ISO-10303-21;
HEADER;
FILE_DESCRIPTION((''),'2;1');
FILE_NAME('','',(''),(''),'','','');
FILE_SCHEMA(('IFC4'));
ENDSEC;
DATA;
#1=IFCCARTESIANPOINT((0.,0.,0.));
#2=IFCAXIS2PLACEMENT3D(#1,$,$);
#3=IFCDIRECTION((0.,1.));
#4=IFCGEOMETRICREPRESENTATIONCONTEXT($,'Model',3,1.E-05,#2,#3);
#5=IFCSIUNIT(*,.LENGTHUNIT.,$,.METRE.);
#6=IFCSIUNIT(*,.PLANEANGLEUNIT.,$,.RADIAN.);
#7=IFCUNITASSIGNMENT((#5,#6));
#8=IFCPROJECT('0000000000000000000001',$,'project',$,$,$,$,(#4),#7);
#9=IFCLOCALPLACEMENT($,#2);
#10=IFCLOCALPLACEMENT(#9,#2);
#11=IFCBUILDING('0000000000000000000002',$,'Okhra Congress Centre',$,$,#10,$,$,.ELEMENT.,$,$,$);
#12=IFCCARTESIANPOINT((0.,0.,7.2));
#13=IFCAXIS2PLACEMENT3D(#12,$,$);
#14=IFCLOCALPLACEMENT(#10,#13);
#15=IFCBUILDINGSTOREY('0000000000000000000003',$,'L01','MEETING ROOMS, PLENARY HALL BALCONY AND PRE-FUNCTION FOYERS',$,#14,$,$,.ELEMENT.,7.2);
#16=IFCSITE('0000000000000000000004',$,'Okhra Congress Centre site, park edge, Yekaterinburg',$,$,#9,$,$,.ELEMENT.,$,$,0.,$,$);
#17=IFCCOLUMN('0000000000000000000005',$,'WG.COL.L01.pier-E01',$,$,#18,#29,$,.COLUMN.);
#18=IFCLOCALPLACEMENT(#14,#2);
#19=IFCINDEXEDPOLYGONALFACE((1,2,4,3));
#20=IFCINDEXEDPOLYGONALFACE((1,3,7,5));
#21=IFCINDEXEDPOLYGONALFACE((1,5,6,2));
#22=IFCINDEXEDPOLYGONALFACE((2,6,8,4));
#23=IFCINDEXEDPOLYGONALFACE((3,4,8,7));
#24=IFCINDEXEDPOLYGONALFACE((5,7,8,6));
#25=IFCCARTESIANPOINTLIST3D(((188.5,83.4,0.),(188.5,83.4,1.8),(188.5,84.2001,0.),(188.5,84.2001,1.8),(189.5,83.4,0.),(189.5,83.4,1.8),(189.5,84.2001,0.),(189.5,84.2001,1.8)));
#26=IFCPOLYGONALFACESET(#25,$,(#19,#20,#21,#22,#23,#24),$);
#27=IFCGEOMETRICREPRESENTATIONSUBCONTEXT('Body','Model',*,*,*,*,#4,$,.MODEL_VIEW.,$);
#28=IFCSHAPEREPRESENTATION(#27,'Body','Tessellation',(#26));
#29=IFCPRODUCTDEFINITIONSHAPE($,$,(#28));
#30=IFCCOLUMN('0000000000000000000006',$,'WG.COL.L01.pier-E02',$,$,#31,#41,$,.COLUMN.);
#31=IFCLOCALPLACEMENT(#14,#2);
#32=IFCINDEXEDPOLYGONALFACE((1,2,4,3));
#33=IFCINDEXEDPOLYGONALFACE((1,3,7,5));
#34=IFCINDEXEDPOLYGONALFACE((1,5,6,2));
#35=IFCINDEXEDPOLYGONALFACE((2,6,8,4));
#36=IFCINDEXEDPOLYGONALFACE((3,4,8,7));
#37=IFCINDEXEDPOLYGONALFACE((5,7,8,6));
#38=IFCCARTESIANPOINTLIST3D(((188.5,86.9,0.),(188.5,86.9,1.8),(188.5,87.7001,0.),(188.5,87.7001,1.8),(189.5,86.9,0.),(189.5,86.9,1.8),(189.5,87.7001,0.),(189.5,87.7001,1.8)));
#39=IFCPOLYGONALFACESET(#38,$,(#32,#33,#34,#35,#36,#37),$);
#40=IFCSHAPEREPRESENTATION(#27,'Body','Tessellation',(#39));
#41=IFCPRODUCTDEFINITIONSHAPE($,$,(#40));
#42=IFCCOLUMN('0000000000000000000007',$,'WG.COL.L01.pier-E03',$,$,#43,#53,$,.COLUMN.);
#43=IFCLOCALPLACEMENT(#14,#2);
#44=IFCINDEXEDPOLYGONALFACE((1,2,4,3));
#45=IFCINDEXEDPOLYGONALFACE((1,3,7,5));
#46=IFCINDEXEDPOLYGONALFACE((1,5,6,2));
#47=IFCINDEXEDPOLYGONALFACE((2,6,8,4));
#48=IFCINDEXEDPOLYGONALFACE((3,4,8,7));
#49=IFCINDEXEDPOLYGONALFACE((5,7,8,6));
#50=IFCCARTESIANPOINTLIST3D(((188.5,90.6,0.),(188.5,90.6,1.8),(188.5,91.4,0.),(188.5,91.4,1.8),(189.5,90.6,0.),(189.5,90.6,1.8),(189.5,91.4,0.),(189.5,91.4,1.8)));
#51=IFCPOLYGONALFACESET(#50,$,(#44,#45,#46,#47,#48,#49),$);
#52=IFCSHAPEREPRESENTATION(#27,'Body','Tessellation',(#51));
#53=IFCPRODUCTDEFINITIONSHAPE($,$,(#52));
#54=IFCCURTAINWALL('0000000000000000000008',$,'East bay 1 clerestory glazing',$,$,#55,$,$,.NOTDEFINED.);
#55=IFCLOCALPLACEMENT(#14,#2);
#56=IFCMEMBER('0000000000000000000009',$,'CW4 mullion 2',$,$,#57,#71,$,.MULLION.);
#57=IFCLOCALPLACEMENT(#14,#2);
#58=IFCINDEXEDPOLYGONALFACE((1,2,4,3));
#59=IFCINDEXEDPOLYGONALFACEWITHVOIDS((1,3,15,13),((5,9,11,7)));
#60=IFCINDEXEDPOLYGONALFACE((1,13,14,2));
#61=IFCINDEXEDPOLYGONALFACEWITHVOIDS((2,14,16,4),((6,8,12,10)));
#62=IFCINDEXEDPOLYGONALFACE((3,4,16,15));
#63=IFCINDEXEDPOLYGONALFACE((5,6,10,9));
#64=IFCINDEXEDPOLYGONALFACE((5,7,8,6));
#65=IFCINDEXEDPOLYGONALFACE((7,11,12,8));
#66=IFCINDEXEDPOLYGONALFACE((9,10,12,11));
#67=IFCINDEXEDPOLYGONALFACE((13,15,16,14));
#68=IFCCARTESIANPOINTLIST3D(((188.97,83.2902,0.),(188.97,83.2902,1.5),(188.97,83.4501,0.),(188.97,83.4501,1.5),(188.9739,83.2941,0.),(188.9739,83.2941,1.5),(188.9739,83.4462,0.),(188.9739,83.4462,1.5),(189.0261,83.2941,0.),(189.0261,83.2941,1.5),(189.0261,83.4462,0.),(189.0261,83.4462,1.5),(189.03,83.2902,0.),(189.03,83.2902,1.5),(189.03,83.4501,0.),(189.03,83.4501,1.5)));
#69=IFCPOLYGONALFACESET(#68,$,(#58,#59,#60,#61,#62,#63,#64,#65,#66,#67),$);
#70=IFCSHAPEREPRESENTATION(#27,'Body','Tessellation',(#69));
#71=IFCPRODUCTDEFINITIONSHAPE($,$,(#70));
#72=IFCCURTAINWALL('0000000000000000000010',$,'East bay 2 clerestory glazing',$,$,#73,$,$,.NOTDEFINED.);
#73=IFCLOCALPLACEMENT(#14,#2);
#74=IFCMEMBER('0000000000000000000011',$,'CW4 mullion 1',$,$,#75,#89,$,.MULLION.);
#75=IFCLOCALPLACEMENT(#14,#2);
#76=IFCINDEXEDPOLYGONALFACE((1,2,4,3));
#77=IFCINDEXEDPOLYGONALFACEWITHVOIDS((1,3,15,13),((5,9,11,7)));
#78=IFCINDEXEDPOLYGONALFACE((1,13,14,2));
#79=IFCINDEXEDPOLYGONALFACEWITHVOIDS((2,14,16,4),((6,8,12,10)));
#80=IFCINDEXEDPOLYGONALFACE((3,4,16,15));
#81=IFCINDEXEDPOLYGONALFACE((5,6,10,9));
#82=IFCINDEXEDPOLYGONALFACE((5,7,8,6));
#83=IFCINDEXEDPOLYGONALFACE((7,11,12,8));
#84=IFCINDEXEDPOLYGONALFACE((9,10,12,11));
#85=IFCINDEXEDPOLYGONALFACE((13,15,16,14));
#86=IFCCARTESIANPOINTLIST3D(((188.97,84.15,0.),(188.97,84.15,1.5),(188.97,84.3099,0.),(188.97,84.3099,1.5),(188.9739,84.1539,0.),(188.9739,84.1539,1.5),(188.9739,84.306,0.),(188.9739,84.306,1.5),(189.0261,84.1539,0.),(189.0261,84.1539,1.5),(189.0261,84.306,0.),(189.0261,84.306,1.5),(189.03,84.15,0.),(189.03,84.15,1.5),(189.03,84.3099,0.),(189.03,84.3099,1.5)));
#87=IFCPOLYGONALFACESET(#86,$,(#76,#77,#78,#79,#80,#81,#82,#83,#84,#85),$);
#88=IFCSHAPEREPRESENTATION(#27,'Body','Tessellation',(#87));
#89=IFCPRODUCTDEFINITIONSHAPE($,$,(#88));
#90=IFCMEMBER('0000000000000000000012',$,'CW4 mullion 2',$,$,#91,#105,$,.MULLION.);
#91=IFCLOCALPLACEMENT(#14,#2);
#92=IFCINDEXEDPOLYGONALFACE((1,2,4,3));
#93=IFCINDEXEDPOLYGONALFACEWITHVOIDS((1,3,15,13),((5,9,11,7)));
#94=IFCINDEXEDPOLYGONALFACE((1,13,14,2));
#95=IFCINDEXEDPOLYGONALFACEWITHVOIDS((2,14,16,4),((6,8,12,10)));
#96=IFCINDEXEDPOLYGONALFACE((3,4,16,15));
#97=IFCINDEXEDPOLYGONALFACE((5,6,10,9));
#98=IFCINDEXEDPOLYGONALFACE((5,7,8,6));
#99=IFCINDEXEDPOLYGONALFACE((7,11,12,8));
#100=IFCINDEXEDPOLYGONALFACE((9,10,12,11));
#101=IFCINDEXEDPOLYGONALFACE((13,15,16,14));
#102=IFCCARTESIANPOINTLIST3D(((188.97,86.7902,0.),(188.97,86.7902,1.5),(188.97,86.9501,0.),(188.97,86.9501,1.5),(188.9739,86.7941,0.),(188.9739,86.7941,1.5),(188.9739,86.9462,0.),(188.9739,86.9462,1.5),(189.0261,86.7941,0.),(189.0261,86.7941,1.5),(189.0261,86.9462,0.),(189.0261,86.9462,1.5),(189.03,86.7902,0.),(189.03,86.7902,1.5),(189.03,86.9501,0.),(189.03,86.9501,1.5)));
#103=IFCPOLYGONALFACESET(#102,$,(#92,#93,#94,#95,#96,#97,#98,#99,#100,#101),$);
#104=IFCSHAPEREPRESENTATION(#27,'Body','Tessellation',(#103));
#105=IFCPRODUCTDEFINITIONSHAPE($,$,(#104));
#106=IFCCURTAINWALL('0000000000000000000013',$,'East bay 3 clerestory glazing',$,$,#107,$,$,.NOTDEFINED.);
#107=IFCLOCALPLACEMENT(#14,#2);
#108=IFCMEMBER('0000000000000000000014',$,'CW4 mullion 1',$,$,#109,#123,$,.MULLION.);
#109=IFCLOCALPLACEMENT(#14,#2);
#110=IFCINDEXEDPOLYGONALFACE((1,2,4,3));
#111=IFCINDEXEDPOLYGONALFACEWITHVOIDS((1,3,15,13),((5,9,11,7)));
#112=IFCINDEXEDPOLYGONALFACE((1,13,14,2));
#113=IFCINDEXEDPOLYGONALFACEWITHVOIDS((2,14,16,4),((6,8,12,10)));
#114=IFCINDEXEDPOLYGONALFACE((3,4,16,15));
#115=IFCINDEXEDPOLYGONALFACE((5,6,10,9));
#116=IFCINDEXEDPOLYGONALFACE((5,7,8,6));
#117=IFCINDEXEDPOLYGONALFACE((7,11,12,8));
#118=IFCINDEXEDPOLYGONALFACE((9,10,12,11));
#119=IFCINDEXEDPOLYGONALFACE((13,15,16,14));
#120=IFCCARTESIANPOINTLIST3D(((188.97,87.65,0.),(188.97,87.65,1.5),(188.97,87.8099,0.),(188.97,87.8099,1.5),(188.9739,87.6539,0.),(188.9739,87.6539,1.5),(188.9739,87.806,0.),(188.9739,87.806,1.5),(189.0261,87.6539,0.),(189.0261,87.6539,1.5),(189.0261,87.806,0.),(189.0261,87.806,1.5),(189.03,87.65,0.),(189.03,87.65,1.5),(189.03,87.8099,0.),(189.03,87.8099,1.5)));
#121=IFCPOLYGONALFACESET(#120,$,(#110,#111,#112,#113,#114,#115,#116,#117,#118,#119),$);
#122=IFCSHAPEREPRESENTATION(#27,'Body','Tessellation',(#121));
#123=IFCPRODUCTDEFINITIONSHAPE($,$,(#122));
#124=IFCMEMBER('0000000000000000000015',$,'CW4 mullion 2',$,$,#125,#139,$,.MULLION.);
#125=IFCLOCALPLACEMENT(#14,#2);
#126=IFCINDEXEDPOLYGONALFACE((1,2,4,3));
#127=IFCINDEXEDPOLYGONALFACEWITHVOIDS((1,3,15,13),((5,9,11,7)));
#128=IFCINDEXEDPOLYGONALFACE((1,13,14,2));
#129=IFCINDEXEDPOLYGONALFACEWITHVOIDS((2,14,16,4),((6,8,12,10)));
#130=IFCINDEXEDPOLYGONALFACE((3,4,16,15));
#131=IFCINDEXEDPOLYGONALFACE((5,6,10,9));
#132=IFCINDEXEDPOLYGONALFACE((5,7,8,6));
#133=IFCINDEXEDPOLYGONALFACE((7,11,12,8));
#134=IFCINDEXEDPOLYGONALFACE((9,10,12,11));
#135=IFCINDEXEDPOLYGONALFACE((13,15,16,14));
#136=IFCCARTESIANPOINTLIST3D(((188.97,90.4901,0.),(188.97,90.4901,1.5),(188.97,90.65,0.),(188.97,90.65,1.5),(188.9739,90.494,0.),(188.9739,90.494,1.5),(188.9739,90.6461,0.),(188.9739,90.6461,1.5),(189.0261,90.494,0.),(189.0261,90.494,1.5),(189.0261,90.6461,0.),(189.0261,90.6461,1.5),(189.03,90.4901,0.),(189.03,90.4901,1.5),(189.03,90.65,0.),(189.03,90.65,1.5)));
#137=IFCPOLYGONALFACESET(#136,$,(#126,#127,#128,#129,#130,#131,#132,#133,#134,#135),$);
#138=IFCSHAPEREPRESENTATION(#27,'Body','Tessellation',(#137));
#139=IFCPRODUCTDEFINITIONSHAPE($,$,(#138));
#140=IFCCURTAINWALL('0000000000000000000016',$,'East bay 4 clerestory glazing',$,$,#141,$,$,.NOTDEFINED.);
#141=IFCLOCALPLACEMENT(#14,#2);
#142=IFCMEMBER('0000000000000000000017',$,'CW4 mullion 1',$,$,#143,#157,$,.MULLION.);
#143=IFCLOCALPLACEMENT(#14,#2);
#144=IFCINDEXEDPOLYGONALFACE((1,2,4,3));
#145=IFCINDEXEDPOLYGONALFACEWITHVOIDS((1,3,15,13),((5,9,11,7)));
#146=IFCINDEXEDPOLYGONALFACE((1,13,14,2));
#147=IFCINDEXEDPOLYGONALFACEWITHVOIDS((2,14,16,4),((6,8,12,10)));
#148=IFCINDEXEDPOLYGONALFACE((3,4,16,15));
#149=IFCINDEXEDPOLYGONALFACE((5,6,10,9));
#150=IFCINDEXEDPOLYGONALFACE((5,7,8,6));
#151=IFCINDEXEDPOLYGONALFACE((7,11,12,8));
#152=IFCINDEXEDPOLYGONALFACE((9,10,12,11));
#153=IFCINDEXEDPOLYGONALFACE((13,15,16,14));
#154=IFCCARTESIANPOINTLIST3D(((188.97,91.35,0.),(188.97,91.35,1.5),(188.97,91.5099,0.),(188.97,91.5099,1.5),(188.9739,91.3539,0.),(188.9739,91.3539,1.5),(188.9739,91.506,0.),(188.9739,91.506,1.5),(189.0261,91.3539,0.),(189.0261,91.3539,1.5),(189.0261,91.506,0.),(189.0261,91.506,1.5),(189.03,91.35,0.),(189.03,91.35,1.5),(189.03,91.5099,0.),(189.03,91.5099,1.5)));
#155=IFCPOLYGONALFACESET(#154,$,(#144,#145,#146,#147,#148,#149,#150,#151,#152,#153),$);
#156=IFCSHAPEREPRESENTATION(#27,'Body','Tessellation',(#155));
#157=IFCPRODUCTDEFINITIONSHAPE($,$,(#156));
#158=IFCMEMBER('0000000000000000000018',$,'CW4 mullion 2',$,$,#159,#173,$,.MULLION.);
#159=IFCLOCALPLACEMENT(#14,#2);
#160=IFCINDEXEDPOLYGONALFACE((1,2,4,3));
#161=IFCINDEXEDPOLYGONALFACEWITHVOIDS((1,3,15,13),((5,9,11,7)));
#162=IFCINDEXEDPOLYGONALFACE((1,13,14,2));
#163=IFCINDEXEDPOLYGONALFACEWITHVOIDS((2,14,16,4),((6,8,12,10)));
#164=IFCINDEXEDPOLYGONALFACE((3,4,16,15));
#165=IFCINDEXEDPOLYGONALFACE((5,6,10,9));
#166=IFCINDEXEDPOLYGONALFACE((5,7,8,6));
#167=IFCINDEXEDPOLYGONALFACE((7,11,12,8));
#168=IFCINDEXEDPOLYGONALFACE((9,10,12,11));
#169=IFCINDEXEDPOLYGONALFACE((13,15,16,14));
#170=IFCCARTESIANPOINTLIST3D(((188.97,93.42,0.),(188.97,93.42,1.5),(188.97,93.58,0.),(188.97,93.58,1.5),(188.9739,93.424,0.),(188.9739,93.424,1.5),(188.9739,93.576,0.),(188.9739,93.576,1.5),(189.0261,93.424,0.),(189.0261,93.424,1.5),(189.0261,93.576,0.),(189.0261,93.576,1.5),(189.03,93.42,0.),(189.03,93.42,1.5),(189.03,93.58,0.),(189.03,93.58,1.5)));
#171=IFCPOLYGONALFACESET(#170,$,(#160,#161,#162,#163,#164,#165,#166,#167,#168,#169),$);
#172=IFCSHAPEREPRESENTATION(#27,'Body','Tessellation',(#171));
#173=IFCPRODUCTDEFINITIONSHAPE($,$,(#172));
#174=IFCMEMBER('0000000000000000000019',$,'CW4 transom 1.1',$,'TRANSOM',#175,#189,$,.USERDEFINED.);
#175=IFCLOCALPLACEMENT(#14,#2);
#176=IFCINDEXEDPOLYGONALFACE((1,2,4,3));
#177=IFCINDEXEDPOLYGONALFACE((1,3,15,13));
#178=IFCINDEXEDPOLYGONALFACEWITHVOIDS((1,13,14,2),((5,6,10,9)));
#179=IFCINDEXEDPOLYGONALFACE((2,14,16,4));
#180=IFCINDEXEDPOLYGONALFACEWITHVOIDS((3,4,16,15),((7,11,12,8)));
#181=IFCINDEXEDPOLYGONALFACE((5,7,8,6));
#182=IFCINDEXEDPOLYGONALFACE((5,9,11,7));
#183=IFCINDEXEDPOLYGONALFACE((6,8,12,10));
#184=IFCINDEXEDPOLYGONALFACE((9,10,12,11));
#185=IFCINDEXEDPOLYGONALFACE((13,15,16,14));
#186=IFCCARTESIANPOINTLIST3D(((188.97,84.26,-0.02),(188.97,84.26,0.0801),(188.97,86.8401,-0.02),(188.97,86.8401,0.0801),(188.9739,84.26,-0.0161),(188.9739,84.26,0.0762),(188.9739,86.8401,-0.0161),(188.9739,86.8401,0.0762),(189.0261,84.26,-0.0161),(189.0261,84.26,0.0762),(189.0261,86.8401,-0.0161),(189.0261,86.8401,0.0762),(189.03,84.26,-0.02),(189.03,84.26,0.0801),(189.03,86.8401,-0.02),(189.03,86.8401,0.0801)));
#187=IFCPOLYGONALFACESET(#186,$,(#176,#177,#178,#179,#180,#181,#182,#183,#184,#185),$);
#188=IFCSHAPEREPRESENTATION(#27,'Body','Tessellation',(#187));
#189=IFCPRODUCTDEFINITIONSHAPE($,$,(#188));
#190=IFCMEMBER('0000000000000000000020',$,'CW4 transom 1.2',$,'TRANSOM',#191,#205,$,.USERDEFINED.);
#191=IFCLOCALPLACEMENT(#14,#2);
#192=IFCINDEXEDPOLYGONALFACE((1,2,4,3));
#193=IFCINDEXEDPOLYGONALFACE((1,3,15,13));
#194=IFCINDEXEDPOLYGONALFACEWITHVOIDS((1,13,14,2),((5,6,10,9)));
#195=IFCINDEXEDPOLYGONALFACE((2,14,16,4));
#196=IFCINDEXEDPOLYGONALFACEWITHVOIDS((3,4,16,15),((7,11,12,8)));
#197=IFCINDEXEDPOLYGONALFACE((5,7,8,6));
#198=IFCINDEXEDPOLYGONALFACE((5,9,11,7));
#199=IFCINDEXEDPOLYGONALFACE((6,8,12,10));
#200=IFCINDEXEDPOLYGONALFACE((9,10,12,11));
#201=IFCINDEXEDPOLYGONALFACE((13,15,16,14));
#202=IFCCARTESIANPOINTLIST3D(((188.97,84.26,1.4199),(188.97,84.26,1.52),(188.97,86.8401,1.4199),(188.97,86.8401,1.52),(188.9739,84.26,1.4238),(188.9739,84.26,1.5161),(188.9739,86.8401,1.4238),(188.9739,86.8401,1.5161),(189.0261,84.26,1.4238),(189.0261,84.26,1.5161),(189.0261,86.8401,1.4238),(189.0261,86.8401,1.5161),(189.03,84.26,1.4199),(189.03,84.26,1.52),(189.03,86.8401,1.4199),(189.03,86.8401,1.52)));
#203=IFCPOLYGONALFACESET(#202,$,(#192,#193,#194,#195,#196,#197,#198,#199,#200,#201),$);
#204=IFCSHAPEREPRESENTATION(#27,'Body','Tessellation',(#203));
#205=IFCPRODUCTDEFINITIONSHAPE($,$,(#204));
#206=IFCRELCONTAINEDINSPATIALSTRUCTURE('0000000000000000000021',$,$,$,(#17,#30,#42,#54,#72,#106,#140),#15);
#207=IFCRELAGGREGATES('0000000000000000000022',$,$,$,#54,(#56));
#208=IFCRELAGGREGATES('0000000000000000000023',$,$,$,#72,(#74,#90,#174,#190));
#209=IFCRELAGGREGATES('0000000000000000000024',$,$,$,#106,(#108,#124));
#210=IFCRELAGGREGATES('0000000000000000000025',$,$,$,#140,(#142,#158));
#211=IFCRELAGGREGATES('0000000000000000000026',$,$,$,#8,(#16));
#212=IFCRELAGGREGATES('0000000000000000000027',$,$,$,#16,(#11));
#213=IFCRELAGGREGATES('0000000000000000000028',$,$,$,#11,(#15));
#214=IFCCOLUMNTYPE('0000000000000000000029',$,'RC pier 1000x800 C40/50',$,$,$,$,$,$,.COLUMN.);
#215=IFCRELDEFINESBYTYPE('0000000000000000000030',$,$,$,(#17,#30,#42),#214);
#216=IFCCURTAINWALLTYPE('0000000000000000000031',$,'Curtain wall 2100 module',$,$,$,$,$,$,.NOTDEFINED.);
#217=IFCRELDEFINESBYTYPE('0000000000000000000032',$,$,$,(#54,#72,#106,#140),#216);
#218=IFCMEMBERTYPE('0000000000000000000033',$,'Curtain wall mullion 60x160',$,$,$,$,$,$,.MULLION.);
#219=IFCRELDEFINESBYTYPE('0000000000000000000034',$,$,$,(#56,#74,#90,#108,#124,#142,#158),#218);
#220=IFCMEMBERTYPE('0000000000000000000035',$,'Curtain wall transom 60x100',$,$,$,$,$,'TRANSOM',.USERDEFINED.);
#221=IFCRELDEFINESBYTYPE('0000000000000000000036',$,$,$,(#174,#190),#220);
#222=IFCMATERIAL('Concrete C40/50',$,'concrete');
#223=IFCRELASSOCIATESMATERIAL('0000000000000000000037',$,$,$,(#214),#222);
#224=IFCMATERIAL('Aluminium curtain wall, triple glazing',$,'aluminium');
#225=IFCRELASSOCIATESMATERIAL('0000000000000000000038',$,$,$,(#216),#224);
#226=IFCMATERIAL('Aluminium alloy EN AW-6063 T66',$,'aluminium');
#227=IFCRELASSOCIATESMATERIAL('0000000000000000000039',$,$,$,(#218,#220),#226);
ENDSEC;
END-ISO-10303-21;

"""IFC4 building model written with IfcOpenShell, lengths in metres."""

from ifc_helpers import new_model, si_unit, direction, frame, origin, origin_2d, place, context, subcontext, project, spatial, rectangle, hollow_rectangle, extrude, material, material_profile, profile_set, type_object, element, aggregate, save


model = new_model("IFC4")

# Units and contexts
model_context = context("Model", 3, precision=1e-05, world=origin(), true_north=direction((0.0, 1.0)))
body_context = subcontext(model_context, "Body", "Model", "MODEL_VIEW")
ifc_project = project(units=[si_unit("LENGTHUNIT", "METRE"), si_unit("PLANEANGLEUNIT", "RADIAN")], contexts=[model_context])

# Site, building, storey
site_placement = place(None, origin())
site = spatial("IfcSite", under=ifc_project, at=site_placement, Name="Okhra Congress Centre site, park edge, Yekaterinburg", CompositionType="ELEMENT", RefElevation=0.0)
building_placement = place(site_placement, origin())
building = spatial("IfcBuilding", under=site, at=building_placement, Name="Okhra Congress Centre", CompositionType="ELEMENT")
storey_placement = place(building_placement, frame((0.0, 0.0, 7.2)))
storey = spatial("IfcBuildingStorey", under=building, at=storey_placement, Name="L01", Description="MEETING ROOMS, PLENARY HALL BALCONY AND PRE-FUNCTION FOYERS", CompositionType="ELEMENT", Elevation=7.2)

# Columns
ifc_material_1 = material(Name="Concrete C40/50", Category="concrete")
ifc_material_profile_1 = material_profile(ifc_material_1, rectangle(XDim=1.0, YDim=0.8, at=origin_2d()), Name="RC 1000x800")
ifc_profile_set_1 = profile_set([ifc_material_profile_1], Name="Concrete C40/50")
column_type = type_object("IfcColumnType", Name="RC pier 1000x800 C40/50", PredefinedType="COLUMN", material=ifc_profile_set_1)
for number, where, z_axis, x_axis, name in (
    (1, (189.0, 83.8, 0.0), (0.0, 0.0, 1.0), (1.0, 0.0, 0.0), "WG.COL.L01.pier-E01"),
    (2, (189.0, 87.3, 0.0), (0.0, 0.0, 1.0), (1.0, 0.0, 0.0), "WG.COL.L01.pier-E02"),
    (3, (189.0, 91.0, 0.0), (0.0, 0.0, 1.0), (1.0, 0.0, 0.0), "WG.COL.L01.pier-E03"),
):
    element("IfcColumn", number, at=place(storey_placement, frame(where, z_axis=z_axis, x_axis=x_axis)), inside=storey, type_object=column_type, Name=name, PredefinedType="COLUMN", context=body_context, shape_type="SweptSolid", body=[
        extrude(rectangle(XDim=1.0, YDim=0.8, at=origin_2d()), origin(), (0.0, 0.0, 1.0), 1.8),
    ])

# Curtain wall, member
ifc_material_2 = material(Name="Aluminium curtain wall, triple glazing", Category="aluminium")
curtain_wall_type_1 = type_object("IfcCurtainWallType", Name="Curtain wall 2100 module", PredefinedType="NOTDEFINED", material=ifc_material_2)
curtain_wall_1_placement = place(storey_placement, origin())
curtain_wall_1 = element("IfcCurtainWall", 4, at=curtain_wall_1_placement, inside=storey, type_object=curtain_wall_type_1, Name="East bay 1 clerestory glazing", PredefinedType="NOTDEFINED")
ifc_material_3 = material(Name="Aluminium alloy EN AW-6063 T66", Category="aluminium")
ifc_material_profile_2 = material_profile(ifc_material_3, hollow_rectangle(XDim=0.0601, YDim=0.1599, WallThickness=0.0039, at=origin_2d()), Name="RHS 60x160x4")
ifc_profile_set_2 = profile_set([ifc_material_profile_2], Name="Aluminium alloy EN AW-6063 T66")
member_type_1 = type_object("IfcMemberType", Name="Curtain wall mullion 60x160", PredefinedType="MULLION", material=ifc_profile_set_2)
member_1_placement = place(storey_placement, frame((189.0, 83.3701, 0.0), z_axis=(0.0, 0.0, 1.0), x_axis=(-1.0, 0.0, 0.0)))
member_1 = element("IfcMember", 5, at=member_1_placement, type_object=member_type_1, Name="CW4 mullion 2", PredefinedType="MULLION", context=body_context, shape_type="SweptSolid", body=[
    extrude(hollow_rectangle(XDim=0.0601, YDim=0.1599, WallThickness=0.0039, at=origin_2d()), origin(), (0.0, 0.0, 1.0), 1.5),
])

# Curtain walls, members
curtain_wall_2_placement = place(storey_placement, origin())
curtain_wall_2 = element("IfcCurtainWall", 6, at=curtain_wall_2_placement, inside=storey, type_object=curtain_wall_type_1, Name="East bay 2 clerestory glazing", PredefinedType="NOTDEFINED")
member_2_placement = place(storey_placement, frame((189.0, 84.23, 0.0), z_axis=(0.0, 0.0, 1.0), x_axis=(-1.0, 0.0, 0.0)))
member_2 = element("IfcMember", 7, at=member_2_placement, type_object=member_type_1, Name="CW4 mullion 1", PredefinedType="MULLION", context=body_context, shape_type="SweptSolid", body=[
    extrude(hollow_rectangle(XDim=0.0601, YDim=0.1599, WallThickness=0.0039, at=origin_2d()), origin(), (0.0, 0.0, 1.0), 1.5),
])
member_3_placement = place(storey_placement, frame((189.0, 86.8701, 0.0), z_axis=(0.0, 0.0, 1.0), x_axis=(-1.0, 0.0, 0.0)))
member_3 = element("IfcMember", 8, at=member_3_placement, type_object=member_type_1, Name="CW4 mullion 2", PredefinedType="MULLION", context=body_context, shape_type="SweptSolid", body=[
    extrude(hollow_rectangle(XDim=0.0601, YDim=0.1599, WallThickness=0.0039, at=origin_2d()), origin(), (0.0, 0.0, 1.0), 1.5),
])
curtain_wall_3_placement = place(storey_placement, origin())
curtain_wall_3 = element("IfcCurtainWall", 9, at=curtain_wall_3_placement, inside=storey, type_object=curtain_wall_type_1, Name="East bay 3 clerestory glazing", PredefinedType="NOTDEFINED")
member_4_placement = place(storey_placement, frame((189.0, 87.73, 0.0), z_axis=(0.0, 0.0, 1.0), x_axis=(-1.0, 0.0, 0.0)))
member_4 = element("IfcMember", 10, at=member_4_placement, type_object=member_type_1, Name="CW4 mullion 1", PredefinedType="MULLION", context=body_context, shape_type="SweptSolid", body=[
    extrude(hollow_rectangle(XDim=0.0601, YDim=0.1599, WallThickness=0.0039, at=origin_2d()), origin(), (0.0, 0.0, 1.0), 1.5),
])
member_5_placement = place(storey_placement, frame((189.0, 90.5701, 0.0), z_axis=(0.0, 0.0, 1.0), x_axis=(-1.0, 0.0, 0.0)))
member_5 = element("IfcMember", 11, at=member_5_placement, type_object=member_type_1, Name="CW4 mullion 2", PredefinedType="MULLION", context=body_context, shape_type="SweptSolid", body=[
    extrude(hollow_rectangle(XDim=0.0601, YDim=0.1599, WallThickness=0.0039, at=origin_2d()), origin(), (0.0, 0.0, 1.0), 1.5),
])
curtain_wall_4_placement = place(storey_placement, origin())
curtain_wall_4 = element("IfcCurtainWall", 12, at=curtain_wall_4_placement, inside=storey, type_object=curtain_wall_type_1, Name="East bay 4 clerestory glazing", PredefinedType="NOTDEFINED")
member_6_placement = place(storey_placement, frame((189.0, 91.4299, 0.0), z_axis=(0.0, 0.0, 1.0), x_axis=(-1.0, 0.0, 0.0)))
member_6 = element("IfcMember", 13, at=member_6_placement, type_object=member_type_1, Name="CW4 mullion 1", PredefinedType="MULLION", context=body_context, shape_type="SweptSolid", body=[
    extrude(hollow_rectangle(XDim=0.0601, YDim=0.1599, WallThickness=0.0039, at=origin_2d()), origin(), (0.0, 0.0, 1.0), 1.5),
])
member_7_placement = place(storey_placement, frame((189.0, 93.5, 0.0), z_axis=(0.0, 0.0, 1.0), x_axis=(-1.0, 0.0, 0.0)))
member_7 = element("IfcMember", 14, at=member_7_placement, type_object=member_type_1, Name="CW4 mullion 2", PredefinedType="MULLION", context=body_context, shape_type="SweptSolid", body=[
    extrude(hollow_rectangle(XDim=0.0601, YDim=0.1599, WallThickness=0.0039, at=origin_2d()), origin(), (0.0, 0.0, 1.0), 1.5),
])

# Members
ifc_material_profile_3 = material_profile(ifc_material_3, hollow_rectangle(XDim=0.0601, YDim=0.1001, WallThickness=0.0039, at=origin_2d()), Name="RHS 60x100x4")
ifc_profile_set_3 = profile_set([ifc_material_profile_3], Name="Aluminium alloy EN AW-6063 T66")
member_type_2 = type_object("IfcMemberType", Name="Curtain wall transom 60x100", ElementType="TRANSOM", PredefinedType="USERDEFINED", material=ifc_profile_set_3)
member_8_placement = place(storey_placement, frame((189.0, 84.26, 0.03), z_axis=(0.0, 1.0, 0.0), x_axis=(-1.0, 0.0, 0.0)))
member_8 = element("IfcMember", 15, at=member_8_placement, type_object=member_type_2, Name="CW4 transom 1.1", ObjectType="TRANSOM", PredefinedType="USERDEFINED", context=body_context, shape_type="SweptSolid", body=[
    extrude(hollow_rectangle(XDim=0.0601, YDim=0.1001, WallThickness=0.0039, at=origin_2d()), origin(), (0.0, 0.0, 1.0), 2.5801),
])
member_9_placement = place(storey_placement, frame((189.0, 84.26, 1.47), z_axis=(0.0, 1.0, 0.0), x_axis=(-1.0, 0.0, 0.0)))
member_9 = element("IfcMember", 16, at=member_9_placement, type_object=member_type_2, Name="CW4 transom 1.2", ObjectType="TRANSOM", PredefinedType="USERDEFINED", context=body_context, shape_type="SweptSolid", body=[
    extrude(hollow_rectangle(XDim=0.0601, YDim=0.1001, WallThickness=0.0039, at=origin_2d()), origin(), (0.0, 0.0, 1.0), 2.5801),
])

aggregate(curtain_wall_1, [member_1])
aggregate(curtain_wall_2, [member_2, member_3, member_8, member_9])
aggregate(curtain_wall_3, [member_4, member_5])
aggregate(curtain_wall_4, [member_6, member_7])

save(model, "model.ifc")
